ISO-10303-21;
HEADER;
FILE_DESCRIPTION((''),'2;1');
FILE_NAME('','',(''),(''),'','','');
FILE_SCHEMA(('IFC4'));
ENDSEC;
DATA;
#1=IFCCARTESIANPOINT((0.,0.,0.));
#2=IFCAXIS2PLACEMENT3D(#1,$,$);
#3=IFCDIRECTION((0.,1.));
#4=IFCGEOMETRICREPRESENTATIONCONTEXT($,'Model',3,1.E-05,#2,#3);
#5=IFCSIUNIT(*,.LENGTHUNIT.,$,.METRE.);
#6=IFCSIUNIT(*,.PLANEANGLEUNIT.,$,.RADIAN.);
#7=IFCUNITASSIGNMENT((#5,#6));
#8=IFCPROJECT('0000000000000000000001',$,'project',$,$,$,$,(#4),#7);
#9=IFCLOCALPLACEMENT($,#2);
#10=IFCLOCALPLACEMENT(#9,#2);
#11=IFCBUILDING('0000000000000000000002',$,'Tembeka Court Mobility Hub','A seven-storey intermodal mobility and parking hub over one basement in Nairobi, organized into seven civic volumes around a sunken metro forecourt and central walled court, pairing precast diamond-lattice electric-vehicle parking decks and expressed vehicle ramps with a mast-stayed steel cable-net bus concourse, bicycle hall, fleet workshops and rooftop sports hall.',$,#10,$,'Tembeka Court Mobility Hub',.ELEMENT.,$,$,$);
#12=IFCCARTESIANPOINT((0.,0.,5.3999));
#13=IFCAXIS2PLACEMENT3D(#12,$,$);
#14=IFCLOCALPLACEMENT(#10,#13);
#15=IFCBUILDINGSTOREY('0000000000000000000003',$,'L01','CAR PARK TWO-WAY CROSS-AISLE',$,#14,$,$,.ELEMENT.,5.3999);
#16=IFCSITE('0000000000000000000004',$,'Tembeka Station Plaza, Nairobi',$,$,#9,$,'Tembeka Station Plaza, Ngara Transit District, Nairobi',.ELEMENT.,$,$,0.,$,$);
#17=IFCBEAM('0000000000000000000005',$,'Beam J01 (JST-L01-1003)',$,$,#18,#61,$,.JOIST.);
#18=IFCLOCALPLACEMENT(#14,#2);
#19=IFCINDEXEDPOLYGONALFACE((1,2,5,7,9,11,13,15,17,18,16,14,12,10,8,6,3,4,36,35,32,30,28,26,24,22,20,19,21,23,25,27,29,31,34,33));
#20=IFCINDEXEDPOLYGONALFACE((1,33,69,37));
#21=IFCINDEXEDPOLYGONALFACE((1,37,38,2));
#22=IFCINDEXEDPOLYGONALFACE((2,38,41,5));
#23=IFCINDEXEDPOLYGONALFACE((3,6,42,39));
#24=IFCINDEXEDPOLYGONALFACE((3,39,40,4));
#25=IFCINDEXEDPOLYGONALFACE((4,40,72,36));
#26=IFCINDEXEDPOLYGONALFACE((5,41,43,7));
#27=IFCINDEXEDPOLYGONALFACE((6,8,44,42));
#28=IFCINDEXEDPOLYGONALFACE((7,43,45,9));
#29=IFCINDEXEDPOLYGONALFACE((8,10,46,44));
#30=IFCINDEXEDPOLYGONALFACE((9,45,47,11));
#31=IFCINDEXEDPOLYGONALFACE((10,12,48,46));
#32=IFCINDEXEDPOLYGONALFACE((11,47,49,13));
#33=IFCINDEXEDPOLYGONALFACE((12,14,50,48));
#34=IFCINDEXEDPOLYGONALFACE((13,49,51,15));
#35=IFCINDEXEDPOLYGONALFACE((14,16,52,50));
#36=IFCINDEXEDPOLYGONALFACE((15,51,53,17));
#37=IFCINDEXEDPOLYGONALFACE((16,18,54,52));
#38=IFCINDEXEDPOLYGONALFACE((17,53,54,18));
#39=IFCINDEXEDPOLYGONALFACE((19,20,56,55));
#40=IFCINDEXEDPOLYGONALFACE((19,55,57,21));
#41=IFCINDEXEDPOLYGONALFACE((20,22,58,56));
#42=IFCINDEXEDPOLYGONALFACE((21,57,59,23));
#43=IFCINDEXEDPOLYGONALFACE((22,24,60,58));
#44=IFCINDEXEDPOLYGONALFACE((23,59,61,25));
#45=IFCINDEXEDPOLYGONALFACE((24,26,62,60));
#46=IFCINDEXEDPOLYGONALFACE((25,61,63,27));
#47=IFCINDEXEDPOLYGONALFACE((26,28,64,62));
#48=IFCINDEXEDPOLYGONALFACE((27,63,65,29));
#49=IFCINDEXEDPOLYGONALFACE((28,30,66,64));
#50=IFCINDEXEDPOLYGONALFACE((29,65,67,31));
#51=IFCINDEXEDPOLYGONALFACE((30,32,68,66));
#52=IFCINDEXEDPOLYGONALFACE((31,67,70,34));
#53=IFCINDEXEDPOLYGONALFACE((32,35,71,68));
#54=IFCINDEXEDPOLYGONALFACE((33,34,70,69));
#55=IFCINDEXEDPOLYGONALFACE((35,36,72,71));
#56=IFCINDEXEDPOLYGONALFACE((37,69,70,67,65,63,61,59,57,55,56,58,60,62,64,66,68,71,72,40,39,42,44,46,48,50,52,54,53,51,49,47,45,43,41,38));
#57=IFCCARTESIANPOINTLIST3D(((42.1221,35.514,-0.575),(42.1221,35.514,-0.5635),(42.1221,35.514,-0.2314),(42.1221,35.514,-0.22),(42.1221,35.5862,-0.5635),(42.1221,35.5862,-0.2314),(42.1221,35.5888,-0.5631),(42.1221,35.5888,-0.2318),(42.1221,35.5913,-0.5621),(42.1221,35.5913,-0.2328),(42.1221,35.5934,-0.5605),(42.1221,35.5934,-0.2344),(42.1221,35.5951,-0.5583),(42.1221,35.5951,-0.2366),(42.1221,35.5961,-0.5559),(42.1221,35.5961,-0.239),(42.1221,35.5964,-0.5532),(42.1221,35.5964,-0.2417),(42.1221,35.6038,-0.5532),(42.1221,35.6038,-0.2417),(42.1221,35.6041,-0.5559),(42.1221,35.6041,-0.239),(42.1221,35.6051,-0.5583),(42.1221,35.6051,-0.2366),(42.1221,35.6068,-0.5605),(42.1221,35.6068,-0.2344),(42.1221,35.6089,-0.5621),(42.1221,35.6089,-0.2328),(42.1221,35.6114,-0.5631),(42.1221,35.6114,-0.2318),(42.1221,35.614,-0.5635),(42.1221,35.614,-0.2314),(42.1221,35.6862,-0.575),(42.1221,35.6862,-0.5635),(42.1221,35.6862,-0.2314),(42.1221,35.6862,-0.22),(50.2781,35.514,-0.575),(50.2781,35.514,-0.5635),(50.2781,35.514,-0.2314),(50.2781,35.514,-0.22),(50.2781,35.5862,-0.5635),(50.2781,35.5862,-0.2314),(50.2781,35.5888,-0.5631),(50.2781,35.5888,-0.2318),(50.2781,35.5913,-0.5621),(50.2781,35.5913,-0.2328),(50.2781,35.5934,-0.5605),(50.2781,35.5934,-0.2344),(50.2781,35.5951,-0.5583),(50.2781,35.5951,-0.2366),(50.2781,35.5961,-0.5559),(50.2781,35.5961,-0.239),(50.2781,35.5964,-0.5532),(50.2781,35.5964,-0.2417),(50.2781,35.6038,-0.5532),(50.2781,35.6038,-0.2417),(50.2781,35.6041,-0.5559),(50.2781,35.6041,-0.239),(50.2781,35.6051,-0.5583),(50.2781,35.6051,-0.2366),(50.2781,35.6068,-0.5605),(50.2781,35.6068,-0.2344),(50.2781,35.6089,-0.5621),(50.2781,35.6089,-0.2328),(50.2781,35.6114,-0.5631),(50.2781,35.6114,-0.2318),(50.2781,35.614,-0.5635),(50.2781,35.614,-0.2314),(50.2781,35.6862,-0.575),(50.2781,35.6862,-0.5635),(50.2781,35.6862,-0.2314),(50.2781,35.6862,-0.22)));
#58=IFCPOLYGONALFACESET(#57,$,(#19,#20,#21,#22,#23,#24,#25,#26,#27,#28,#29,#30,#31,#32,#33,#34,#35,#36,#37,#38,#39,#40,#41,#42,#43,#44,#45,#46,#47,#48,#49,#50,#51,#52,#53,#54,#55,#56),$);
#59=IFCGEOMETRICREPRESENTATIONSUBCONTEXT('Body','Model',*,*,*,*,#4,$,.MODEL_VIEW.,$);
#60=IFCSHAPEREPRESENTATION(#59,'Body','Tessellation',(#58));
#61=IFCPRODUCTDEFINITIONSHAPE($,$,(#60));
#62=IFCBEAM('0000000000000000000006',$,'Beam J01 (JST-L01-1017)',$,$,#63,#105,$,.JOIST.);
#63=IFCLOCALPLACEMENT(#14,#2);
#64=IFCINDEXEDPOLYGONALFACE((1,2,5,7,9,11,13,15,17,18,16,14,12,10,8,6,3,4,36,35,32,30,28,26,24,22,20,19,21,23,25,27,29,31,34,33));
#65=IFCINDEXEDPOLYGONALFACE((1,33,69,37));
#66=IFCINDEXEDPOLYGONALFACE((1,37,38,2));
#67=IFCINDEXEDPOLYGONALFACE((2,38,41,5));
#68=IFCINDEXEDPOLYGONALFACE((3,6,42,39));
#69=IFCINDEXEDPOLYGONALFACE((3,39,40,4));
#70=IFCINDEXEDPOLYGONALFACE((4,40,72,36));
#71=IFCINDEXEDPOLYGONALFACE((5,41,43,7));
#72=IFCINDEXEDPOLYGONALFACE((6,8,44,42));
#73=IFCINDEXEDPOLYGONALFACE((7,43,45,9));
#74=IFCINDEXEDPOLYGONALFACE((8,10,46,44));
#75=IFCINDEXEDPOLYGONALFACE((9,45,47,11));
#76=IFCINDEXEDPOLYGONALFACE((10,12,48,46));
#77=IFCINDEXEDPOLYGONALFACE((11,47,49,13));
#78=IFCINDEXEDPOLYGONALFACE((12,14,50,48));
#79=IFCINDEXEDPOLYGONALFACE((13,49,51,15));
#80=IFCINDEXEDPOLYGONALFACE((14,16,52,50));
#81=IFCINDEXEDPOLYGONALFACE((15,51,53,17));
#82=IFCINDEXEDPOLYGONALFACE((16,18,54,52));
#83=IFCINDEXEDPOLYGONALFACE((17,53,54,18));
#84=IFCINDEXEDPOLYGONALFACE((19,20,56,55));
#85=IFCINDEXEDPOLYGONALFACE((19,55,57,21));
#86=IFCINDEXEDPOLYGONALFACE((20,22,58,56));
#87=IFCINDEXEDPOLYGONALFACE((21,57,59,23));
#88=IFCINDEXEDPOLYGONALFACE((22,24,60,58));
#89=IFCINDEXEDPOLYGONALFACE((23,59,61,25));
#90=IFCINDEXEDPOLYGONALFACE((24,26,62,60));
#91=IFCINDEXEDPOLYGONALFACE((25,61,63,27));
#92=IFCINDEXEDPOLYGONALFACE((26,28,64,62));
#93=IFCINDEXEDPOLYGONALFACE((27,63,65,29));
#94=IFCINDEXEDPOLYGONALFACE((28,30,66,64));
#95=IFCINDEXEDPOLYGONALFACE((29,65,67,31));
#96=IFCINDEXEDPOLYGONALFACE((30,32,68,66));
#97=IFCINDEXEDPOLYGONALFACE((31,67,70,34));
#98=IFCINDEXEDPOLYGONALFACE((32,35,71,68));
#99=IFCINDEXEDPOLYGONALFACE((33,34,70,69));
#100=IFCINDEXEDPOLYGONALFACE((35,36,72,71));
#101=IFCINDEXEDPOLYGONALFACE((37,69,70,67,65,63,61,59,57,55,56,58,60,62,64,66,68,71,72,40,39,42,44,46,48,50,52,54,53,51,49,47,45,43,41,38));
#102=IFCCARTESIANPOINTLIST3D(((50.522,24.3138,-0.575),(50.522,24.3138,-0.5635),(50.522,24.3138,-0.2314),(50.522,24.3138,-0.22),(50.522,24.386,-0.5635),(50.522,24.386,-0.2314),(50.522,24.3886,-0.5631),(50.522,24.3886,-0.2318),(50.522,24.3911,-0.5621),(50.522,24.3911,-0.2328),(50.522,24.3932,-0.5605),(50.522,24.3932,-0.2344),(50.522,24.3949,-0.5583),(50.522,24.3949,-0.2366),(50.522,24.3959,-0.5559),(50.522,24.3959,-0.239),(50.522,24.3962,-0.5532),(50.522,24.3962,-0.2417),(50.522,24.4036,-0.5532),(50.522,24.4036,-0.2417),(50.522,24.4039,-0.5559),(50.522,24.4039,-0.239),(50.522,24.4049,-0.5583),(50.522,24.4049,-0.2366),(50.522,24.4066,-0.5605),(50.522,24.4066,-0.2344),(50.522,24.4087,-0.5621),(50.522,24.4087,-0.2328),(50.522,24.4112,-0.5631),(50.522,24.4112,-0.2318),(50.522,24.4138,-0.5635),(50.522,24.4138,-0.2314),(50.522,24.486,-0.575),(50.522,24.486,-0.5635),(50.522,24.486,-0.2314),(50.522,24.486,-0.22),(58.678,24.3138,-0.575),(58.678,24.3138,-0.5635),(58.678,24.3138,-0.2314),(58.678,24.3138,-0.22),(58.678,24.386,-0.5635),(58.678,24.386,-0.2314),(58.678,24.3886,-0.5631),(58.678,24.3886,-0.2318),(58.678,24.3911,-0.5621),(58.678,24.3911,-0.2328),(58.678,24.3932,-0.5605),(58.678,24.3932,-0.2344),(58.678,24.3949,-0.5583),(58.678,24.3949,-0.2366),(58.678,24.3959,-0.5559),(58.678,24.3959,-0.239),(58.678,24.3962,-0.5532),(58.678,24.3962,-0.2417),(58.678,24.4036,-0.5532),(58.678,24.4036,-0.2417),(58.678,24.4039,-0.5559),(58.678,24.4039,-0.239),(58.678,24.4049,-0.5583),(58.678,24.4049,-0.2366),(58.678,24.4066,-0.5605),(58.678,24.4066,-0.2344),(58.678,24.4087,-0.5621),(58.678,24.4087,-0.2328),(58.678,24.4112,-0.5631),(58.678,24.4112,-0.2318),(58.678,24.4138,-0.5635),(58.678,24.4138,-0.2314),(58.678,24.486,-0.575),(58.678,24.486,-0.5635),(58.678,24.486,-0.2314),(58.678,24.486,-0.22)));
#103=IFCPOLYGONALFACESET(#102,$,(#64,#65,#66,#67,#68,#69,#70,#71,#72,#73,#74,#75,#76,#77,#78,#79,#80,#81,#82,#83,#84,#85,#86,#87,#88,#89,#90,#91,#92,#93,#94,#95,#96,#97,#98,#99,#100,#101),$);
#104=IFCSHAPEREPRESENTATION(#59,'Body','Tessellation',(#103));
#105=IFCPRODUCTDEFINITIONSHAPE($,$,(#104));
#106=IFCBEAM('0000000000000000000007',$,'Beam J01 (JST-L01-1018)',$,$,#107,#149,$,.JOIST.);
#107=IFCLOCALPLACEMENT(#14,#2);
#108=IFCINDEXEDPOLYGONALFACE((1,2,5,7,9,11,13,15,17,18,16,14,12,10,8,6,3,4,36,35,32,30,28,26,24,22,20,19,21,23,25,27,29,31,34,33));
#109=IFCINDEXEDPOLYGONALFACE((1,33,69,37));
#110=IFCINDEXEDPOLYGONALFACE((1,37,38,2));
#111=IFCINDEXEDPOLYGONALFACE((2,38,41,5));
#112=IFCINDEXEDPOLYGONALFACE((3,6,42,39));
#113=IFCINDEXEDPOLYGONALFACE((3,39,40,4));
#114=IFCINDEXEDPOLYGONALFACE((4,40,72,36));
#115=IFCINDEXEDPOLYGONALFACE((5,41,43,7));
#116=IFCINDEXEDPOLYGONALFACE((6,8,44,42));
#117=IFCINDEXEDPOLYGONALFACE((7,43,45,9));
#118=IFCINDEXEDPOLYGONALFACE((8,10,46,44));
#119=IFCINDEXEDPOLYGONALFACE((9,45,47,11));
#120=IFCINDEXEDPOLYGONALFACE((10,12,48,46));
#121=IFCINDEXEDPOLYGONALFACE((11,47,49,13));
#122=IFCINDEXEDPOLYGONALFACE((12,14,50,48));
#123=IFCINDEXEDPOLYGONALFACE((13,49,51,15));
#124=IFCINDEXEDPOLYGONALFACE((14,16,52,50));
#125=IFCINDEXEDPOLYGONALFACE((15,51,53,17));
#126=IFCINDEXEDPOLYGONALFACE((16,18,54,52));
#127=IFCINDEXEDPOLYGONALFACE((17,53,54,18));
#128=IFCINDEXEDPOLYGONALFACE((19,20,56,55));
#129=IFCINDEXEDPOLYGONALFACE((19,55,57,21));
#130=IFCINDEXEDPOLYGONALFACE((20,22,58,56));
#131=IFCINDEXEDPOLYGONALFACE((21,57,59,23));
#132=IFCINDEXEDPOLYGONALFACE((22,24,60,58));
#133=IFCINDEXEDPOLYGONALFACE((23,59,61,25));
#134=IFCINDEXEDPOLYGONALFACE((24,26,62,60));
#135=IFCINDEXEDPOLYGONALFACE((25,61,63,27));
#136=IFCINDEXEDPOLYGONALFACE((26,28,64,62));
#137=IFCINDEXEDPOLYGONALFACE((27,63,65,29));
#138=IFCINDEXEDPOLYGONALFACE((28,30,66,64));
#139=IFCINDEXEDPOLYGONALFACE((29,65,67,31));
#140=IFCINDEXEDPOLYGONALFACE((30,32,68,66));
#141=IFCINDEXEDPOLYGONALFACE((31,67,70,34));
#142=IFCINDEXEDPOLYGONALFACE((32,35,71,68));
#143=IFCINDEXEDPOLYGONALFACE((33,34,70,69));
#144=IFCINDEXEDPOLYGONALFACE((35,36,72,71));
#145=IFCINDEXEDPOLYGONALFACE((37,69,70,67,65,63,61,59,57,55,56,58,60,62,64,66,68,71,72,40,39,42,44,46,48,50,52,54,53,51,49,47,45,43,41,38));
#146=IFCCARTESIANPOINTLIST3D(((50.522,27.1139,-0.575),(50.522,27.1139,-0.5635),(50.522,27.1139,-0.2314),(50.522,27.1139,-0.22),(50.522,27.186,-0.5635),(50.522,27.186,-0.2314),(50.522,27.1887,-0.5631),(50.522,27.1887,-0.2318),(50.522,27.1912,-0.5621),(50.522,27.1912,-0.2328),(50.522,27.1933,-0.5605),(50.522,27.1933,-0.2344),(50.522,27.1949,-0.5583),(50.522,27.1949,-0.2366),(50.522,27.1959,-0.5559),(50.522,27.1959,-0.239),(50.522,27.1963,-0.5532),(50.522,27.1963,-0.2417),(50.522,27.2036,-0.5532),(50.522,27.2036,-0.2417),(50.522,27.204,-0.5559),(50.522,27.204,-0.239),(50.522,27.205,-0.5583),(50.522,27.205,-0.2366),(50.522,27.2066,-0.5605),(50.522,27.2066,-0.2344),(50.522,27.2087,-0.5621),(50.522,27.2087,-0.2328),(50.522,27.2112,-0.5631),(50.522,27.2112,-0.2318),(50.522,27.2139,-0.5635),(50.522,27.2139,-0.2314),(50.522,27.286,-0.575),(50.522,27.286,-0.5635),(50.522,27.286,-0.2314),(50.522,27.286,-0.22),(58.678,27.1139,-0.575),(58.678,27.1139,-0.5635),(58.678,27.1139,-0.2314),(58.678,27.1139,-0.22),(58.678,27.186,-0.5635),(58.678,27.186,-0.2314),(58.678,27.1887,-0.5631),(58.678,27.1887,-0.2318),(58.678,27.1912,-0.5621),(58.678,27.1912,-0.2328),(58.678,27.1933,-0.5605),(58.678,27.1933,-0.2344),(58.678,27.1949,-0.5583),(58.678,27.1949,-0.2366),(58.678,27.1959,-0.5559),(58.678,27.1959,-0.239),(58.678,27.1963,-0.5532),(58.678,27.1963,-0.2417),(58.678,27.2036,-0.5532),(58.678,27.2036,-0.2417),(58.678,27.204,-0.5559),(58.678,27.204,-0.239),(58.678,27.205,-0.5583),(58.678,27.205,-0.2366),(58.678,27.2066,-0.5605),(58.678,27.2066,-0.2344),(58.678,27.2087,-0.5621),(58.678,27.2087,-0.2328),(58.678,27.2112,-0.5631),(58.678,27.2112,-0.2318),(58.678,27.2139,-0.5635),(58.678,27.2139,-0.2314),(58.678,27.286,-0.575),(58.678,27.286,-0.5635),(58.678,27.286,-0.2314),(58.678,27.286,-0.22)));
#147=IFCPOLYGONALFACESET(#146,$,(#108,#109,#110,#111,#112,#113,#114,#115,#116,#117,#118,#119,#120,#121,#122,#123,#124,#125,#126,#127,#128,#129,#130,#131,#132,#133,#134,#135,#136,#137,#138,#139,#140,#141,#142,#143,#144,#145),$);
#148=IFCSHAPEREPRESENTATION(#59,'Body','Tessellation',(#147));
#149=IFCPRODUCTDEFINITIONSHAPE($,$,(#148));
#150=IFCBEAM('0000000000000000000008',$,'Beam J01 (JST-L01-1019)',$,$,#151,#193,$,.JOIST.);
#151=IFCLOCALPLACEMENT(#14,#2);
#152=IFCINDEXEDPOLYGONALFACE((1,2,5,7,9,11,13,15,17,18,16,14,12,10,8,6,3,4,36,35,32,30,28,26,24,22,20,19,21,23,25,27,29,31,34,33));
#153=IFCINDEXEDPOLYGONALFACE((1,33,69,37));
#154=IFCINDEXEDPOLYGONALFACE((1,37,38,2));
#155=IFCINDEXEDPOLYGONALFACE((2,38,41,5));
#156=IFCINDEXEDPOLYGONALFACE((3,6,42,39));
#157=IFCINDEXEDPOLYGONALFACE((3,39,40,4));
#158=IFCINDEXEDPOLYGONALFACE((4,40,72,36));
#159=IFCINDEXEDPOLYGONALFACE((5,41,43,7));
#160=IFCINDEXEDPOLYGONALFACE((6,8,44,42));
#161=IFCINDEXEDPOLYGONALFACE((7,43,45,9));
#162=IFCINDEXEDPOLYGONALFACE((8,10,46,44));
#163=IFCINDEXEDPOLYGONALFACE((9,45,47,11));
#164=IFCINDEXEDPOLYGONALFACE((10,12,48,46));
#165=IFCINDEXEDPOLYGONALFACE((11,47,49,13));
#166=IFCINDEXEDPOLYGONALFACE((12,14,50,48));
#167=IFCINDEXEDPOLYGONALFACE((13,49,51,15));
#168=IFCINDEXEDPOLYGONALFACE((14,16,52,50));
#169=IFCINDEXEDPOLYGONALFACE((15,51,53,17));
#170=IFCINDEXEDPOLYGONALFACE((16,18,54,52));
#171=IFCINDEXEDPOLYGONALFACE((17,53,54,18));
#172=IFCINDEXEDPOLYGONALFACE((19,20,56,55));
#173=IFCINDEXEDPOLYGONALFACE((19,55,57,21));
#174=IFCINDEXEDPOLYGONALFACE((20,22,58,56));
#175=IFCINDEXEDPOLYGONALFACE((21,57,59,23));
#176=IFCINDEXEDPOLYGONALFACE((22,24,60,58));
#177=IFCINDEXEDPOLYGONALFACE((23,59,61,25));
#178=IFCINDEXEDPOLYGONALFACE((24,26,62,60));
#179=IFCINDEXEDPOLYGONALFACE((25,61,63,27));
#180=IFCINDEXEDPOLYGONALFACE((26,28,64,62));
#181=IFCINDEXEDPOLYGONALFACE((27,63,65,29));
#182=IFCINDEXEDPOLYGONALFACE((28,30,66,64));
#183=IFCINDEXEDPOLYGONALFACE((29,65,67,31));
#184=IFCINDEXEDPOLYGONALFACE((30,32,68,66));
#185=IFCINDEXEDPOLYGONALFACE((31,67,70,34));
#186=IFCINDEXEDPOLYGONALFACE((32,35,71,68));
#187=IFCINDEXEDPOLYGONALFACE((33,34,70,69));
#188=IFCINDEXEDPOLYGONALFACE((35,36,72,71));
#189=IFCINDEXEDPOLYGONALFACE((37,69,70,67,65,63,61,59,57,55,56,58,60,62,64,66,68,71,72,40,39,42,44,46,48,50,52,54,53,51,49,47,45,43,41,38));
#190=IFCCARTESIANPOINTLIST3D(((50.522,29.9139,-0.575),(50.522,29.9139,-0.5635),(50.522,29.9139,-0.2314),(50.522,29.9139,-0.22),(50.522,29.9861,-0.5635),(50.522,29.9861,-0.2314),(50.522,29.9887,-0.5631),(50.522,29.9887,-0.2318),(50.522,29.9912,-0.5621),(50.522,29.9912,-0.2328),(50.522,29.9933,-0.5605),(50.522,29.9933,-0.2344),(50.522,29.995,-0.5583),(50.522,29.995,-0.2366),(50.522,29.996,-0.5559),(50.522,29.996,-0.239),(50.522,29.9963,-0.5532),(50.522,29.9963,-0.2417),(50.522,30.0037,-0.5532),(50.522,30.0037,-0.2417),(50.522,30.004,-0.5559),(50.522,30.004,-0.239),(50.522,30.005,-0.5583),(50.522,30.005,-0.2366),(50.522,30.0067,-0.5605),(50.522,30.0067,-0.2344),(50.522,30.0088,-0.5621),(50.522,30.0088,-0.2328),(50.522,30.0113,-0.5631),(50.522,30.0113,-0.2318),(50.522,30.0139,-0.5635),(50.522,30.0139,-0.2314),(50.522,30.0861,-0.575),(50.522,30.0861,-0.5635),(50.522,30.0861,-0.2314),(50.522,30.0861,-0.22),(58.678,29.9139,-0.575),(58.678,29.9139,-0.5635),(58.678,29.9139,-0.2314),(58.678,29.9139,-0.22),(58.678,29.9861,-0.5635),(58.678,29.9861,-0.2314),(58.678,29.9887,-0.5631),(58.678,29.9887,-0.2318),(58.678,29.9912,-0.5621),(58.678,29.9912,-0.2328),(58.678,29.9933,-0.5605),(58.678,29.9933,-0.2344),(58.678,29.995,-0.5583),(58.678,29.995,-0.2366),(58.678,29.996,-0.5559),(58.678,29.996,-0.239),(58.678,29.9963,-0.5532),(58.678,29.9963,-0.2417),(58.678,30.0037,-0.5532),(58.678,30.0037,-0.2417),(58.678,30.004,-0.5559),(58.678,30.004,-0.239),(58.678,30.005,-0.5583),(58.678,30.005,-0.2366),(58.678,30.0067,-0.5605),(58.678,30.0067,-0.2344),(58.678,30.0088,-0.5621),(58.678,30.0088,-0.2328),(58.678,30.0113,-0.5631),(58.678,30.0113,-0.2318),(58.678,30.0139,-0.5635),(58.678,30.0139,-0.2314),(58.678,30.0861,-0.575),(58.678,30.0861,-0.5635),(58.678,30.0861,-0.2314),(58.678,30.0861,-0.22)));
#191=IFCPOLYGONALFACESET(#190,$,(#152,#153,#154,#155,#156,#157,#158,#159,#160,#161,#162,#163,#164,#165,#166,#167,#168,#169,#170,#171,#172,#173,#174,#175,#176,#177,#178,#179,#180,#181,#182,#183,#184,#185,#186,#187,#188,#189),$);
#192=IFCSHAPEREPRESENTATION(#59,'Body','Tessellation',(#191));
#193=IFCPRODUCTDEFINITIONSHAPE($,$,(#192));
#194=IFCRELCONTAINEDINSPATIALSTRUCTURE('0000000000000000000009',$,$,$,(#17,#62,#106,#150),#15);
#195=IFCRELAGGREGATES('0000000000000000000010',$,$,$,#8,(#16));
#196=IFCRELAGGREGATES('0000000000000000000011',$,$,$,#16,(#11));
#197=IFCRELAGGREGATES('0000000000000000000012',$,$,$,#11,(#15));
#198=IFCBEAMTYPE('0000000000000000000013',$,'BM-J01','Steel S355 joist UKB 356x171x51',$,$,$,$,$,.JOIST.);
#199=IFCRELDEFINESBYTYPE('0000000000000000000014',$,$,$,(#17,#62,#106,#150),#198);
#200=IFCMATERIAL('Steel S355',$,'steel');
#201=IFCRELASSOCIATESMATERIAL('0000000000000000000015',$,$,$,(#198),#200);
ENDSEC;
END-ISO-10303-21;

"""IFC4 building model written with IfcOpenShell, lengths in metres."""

from ifc_helpers import new_model, si_unit, direction, frame, origin, origin_2d, place, context, subcontext, project, spatial, i_section, extrude, material, material_profile, profile_set, type_object, element, save


model = new_model("IFC4")

# Units and contexts
model_context = context("Model", 3, precision=1e-05, world=origin(), true_north=direction((0.0, 1.0)))
body_context = subcontext(model_context, "Body", "Model", "MODEL_VIEW")
ifc_project = project(units=[si_unit("LENGTHUNIT", "METRE"), si_unit("PLANEANGLEUNIT", "RADIAN")], contexts=[model_context])

# Site, building, storey
site_placement = place(None, origin())
site = spatial("IfcSite", under=ifc_project, at=site_placement, Name="Tembeka Station Plaza, Nairobi", LongName="Tembeka Station Plaza, Ngara Transit District, Nairobi", CompositionType="ELEMENT", RefElevation=0.0)
building_placement = place(site_placement, origin())
building = spatial("IfcBuilding", under=site, at=building_placement, Name="Tembeka Court Mobility Hub", Description="A seven-storey intermodal mobility and parking hub over one basement in Nairobi, organized into seven civic volumes around a sunken metro forecourt and central walled court, pairing precast diamond-lattice electric-vehicle parking decks and expressed vehicle ramps with a mast-stayed steel cable-net bus concourse, bicycle hall, fleet workshops and rooftop sports hall.", LongName="Tembeka Court Mobility Hub", CompositionType="ELEMENT")
storey_placement = place(building_placement, frame((0.0, 0.0, 5.3999)))
storey = spatial("IfcBuildingStorey", under=building, at=storey_placement, Name="L01", Description="CAR PARK TWO-WAY CROSS-AISLE", CompositionType="ELEMENT", Elevation=5.3999)

# Shared definitions
ifc_material_1 = material(Name="Steel S355", Category="steel")

# Beams
ifc_material_profile_1 = material_profile(ifc_material_1, i_section(OverallWidth=0.1721, OverallDepth=0.355, WebThickness=0.0073, FlangeThickness=0.0115, FilletRadius=0.0103, at=origin_2d()), Name="UKB 356x171x51")
ifc_profile_set_1 = profile_set([ifc_material_profile_1], Name="Steel S355")
beam_type_1 = type_object("IfcBeamType", Name="BM-J01", Description="Steel S355 joist UKB 356x171x51", PredefinedType="JOIST", material=ifc_profile_set_1)
for number, where, z_axis, x_axis, name in (
    (1, (42.1221, 35.6001, -0.3975), (1.0, 0.0, 0.0), (0.0, 1.0, 0.0), "Beam J01 (JST-L01-1003)"),
    (2, (50.522, 24.3999, -0.3975), (1.0, 0.0, 0.0), (0.0, 1.0, 0.0), "Beam J01 (JST-L01-1017)"),
    (3, (50.522, 27.2, -0.3975), (1.0, 0.0, 0.0), (0.0, 1.0, 0.0), "Beam J01 (JST-L01-1018)"),
    (4, (50.522, 30.0, -0.3975), (1.0, 0.0, 0.0), (0.0, 1.0, 0.0), "Beam J01 (JST-L01-1019)"),
):
    element("IfcBeam", number, at=place(storey_placement, frame(where, z_axis=z_axis, x_axis=x_axis)), inside=storey, type_object=beam_type_1, Name=name, PredefinedType="JOIST", context=body_context, shape_type="SweptSolid", body=[
        extrude(i_section(OverallWidth=0.1721, OverallDepth=0.355, WebThickness=0.0073, FlangeThickness=0.0115, FilletRadius=0.0103, at=origin_2d()), origin(), (0.0, 0.0, 1.0), 8.156),
    ])

save(model, "model.ifc")
